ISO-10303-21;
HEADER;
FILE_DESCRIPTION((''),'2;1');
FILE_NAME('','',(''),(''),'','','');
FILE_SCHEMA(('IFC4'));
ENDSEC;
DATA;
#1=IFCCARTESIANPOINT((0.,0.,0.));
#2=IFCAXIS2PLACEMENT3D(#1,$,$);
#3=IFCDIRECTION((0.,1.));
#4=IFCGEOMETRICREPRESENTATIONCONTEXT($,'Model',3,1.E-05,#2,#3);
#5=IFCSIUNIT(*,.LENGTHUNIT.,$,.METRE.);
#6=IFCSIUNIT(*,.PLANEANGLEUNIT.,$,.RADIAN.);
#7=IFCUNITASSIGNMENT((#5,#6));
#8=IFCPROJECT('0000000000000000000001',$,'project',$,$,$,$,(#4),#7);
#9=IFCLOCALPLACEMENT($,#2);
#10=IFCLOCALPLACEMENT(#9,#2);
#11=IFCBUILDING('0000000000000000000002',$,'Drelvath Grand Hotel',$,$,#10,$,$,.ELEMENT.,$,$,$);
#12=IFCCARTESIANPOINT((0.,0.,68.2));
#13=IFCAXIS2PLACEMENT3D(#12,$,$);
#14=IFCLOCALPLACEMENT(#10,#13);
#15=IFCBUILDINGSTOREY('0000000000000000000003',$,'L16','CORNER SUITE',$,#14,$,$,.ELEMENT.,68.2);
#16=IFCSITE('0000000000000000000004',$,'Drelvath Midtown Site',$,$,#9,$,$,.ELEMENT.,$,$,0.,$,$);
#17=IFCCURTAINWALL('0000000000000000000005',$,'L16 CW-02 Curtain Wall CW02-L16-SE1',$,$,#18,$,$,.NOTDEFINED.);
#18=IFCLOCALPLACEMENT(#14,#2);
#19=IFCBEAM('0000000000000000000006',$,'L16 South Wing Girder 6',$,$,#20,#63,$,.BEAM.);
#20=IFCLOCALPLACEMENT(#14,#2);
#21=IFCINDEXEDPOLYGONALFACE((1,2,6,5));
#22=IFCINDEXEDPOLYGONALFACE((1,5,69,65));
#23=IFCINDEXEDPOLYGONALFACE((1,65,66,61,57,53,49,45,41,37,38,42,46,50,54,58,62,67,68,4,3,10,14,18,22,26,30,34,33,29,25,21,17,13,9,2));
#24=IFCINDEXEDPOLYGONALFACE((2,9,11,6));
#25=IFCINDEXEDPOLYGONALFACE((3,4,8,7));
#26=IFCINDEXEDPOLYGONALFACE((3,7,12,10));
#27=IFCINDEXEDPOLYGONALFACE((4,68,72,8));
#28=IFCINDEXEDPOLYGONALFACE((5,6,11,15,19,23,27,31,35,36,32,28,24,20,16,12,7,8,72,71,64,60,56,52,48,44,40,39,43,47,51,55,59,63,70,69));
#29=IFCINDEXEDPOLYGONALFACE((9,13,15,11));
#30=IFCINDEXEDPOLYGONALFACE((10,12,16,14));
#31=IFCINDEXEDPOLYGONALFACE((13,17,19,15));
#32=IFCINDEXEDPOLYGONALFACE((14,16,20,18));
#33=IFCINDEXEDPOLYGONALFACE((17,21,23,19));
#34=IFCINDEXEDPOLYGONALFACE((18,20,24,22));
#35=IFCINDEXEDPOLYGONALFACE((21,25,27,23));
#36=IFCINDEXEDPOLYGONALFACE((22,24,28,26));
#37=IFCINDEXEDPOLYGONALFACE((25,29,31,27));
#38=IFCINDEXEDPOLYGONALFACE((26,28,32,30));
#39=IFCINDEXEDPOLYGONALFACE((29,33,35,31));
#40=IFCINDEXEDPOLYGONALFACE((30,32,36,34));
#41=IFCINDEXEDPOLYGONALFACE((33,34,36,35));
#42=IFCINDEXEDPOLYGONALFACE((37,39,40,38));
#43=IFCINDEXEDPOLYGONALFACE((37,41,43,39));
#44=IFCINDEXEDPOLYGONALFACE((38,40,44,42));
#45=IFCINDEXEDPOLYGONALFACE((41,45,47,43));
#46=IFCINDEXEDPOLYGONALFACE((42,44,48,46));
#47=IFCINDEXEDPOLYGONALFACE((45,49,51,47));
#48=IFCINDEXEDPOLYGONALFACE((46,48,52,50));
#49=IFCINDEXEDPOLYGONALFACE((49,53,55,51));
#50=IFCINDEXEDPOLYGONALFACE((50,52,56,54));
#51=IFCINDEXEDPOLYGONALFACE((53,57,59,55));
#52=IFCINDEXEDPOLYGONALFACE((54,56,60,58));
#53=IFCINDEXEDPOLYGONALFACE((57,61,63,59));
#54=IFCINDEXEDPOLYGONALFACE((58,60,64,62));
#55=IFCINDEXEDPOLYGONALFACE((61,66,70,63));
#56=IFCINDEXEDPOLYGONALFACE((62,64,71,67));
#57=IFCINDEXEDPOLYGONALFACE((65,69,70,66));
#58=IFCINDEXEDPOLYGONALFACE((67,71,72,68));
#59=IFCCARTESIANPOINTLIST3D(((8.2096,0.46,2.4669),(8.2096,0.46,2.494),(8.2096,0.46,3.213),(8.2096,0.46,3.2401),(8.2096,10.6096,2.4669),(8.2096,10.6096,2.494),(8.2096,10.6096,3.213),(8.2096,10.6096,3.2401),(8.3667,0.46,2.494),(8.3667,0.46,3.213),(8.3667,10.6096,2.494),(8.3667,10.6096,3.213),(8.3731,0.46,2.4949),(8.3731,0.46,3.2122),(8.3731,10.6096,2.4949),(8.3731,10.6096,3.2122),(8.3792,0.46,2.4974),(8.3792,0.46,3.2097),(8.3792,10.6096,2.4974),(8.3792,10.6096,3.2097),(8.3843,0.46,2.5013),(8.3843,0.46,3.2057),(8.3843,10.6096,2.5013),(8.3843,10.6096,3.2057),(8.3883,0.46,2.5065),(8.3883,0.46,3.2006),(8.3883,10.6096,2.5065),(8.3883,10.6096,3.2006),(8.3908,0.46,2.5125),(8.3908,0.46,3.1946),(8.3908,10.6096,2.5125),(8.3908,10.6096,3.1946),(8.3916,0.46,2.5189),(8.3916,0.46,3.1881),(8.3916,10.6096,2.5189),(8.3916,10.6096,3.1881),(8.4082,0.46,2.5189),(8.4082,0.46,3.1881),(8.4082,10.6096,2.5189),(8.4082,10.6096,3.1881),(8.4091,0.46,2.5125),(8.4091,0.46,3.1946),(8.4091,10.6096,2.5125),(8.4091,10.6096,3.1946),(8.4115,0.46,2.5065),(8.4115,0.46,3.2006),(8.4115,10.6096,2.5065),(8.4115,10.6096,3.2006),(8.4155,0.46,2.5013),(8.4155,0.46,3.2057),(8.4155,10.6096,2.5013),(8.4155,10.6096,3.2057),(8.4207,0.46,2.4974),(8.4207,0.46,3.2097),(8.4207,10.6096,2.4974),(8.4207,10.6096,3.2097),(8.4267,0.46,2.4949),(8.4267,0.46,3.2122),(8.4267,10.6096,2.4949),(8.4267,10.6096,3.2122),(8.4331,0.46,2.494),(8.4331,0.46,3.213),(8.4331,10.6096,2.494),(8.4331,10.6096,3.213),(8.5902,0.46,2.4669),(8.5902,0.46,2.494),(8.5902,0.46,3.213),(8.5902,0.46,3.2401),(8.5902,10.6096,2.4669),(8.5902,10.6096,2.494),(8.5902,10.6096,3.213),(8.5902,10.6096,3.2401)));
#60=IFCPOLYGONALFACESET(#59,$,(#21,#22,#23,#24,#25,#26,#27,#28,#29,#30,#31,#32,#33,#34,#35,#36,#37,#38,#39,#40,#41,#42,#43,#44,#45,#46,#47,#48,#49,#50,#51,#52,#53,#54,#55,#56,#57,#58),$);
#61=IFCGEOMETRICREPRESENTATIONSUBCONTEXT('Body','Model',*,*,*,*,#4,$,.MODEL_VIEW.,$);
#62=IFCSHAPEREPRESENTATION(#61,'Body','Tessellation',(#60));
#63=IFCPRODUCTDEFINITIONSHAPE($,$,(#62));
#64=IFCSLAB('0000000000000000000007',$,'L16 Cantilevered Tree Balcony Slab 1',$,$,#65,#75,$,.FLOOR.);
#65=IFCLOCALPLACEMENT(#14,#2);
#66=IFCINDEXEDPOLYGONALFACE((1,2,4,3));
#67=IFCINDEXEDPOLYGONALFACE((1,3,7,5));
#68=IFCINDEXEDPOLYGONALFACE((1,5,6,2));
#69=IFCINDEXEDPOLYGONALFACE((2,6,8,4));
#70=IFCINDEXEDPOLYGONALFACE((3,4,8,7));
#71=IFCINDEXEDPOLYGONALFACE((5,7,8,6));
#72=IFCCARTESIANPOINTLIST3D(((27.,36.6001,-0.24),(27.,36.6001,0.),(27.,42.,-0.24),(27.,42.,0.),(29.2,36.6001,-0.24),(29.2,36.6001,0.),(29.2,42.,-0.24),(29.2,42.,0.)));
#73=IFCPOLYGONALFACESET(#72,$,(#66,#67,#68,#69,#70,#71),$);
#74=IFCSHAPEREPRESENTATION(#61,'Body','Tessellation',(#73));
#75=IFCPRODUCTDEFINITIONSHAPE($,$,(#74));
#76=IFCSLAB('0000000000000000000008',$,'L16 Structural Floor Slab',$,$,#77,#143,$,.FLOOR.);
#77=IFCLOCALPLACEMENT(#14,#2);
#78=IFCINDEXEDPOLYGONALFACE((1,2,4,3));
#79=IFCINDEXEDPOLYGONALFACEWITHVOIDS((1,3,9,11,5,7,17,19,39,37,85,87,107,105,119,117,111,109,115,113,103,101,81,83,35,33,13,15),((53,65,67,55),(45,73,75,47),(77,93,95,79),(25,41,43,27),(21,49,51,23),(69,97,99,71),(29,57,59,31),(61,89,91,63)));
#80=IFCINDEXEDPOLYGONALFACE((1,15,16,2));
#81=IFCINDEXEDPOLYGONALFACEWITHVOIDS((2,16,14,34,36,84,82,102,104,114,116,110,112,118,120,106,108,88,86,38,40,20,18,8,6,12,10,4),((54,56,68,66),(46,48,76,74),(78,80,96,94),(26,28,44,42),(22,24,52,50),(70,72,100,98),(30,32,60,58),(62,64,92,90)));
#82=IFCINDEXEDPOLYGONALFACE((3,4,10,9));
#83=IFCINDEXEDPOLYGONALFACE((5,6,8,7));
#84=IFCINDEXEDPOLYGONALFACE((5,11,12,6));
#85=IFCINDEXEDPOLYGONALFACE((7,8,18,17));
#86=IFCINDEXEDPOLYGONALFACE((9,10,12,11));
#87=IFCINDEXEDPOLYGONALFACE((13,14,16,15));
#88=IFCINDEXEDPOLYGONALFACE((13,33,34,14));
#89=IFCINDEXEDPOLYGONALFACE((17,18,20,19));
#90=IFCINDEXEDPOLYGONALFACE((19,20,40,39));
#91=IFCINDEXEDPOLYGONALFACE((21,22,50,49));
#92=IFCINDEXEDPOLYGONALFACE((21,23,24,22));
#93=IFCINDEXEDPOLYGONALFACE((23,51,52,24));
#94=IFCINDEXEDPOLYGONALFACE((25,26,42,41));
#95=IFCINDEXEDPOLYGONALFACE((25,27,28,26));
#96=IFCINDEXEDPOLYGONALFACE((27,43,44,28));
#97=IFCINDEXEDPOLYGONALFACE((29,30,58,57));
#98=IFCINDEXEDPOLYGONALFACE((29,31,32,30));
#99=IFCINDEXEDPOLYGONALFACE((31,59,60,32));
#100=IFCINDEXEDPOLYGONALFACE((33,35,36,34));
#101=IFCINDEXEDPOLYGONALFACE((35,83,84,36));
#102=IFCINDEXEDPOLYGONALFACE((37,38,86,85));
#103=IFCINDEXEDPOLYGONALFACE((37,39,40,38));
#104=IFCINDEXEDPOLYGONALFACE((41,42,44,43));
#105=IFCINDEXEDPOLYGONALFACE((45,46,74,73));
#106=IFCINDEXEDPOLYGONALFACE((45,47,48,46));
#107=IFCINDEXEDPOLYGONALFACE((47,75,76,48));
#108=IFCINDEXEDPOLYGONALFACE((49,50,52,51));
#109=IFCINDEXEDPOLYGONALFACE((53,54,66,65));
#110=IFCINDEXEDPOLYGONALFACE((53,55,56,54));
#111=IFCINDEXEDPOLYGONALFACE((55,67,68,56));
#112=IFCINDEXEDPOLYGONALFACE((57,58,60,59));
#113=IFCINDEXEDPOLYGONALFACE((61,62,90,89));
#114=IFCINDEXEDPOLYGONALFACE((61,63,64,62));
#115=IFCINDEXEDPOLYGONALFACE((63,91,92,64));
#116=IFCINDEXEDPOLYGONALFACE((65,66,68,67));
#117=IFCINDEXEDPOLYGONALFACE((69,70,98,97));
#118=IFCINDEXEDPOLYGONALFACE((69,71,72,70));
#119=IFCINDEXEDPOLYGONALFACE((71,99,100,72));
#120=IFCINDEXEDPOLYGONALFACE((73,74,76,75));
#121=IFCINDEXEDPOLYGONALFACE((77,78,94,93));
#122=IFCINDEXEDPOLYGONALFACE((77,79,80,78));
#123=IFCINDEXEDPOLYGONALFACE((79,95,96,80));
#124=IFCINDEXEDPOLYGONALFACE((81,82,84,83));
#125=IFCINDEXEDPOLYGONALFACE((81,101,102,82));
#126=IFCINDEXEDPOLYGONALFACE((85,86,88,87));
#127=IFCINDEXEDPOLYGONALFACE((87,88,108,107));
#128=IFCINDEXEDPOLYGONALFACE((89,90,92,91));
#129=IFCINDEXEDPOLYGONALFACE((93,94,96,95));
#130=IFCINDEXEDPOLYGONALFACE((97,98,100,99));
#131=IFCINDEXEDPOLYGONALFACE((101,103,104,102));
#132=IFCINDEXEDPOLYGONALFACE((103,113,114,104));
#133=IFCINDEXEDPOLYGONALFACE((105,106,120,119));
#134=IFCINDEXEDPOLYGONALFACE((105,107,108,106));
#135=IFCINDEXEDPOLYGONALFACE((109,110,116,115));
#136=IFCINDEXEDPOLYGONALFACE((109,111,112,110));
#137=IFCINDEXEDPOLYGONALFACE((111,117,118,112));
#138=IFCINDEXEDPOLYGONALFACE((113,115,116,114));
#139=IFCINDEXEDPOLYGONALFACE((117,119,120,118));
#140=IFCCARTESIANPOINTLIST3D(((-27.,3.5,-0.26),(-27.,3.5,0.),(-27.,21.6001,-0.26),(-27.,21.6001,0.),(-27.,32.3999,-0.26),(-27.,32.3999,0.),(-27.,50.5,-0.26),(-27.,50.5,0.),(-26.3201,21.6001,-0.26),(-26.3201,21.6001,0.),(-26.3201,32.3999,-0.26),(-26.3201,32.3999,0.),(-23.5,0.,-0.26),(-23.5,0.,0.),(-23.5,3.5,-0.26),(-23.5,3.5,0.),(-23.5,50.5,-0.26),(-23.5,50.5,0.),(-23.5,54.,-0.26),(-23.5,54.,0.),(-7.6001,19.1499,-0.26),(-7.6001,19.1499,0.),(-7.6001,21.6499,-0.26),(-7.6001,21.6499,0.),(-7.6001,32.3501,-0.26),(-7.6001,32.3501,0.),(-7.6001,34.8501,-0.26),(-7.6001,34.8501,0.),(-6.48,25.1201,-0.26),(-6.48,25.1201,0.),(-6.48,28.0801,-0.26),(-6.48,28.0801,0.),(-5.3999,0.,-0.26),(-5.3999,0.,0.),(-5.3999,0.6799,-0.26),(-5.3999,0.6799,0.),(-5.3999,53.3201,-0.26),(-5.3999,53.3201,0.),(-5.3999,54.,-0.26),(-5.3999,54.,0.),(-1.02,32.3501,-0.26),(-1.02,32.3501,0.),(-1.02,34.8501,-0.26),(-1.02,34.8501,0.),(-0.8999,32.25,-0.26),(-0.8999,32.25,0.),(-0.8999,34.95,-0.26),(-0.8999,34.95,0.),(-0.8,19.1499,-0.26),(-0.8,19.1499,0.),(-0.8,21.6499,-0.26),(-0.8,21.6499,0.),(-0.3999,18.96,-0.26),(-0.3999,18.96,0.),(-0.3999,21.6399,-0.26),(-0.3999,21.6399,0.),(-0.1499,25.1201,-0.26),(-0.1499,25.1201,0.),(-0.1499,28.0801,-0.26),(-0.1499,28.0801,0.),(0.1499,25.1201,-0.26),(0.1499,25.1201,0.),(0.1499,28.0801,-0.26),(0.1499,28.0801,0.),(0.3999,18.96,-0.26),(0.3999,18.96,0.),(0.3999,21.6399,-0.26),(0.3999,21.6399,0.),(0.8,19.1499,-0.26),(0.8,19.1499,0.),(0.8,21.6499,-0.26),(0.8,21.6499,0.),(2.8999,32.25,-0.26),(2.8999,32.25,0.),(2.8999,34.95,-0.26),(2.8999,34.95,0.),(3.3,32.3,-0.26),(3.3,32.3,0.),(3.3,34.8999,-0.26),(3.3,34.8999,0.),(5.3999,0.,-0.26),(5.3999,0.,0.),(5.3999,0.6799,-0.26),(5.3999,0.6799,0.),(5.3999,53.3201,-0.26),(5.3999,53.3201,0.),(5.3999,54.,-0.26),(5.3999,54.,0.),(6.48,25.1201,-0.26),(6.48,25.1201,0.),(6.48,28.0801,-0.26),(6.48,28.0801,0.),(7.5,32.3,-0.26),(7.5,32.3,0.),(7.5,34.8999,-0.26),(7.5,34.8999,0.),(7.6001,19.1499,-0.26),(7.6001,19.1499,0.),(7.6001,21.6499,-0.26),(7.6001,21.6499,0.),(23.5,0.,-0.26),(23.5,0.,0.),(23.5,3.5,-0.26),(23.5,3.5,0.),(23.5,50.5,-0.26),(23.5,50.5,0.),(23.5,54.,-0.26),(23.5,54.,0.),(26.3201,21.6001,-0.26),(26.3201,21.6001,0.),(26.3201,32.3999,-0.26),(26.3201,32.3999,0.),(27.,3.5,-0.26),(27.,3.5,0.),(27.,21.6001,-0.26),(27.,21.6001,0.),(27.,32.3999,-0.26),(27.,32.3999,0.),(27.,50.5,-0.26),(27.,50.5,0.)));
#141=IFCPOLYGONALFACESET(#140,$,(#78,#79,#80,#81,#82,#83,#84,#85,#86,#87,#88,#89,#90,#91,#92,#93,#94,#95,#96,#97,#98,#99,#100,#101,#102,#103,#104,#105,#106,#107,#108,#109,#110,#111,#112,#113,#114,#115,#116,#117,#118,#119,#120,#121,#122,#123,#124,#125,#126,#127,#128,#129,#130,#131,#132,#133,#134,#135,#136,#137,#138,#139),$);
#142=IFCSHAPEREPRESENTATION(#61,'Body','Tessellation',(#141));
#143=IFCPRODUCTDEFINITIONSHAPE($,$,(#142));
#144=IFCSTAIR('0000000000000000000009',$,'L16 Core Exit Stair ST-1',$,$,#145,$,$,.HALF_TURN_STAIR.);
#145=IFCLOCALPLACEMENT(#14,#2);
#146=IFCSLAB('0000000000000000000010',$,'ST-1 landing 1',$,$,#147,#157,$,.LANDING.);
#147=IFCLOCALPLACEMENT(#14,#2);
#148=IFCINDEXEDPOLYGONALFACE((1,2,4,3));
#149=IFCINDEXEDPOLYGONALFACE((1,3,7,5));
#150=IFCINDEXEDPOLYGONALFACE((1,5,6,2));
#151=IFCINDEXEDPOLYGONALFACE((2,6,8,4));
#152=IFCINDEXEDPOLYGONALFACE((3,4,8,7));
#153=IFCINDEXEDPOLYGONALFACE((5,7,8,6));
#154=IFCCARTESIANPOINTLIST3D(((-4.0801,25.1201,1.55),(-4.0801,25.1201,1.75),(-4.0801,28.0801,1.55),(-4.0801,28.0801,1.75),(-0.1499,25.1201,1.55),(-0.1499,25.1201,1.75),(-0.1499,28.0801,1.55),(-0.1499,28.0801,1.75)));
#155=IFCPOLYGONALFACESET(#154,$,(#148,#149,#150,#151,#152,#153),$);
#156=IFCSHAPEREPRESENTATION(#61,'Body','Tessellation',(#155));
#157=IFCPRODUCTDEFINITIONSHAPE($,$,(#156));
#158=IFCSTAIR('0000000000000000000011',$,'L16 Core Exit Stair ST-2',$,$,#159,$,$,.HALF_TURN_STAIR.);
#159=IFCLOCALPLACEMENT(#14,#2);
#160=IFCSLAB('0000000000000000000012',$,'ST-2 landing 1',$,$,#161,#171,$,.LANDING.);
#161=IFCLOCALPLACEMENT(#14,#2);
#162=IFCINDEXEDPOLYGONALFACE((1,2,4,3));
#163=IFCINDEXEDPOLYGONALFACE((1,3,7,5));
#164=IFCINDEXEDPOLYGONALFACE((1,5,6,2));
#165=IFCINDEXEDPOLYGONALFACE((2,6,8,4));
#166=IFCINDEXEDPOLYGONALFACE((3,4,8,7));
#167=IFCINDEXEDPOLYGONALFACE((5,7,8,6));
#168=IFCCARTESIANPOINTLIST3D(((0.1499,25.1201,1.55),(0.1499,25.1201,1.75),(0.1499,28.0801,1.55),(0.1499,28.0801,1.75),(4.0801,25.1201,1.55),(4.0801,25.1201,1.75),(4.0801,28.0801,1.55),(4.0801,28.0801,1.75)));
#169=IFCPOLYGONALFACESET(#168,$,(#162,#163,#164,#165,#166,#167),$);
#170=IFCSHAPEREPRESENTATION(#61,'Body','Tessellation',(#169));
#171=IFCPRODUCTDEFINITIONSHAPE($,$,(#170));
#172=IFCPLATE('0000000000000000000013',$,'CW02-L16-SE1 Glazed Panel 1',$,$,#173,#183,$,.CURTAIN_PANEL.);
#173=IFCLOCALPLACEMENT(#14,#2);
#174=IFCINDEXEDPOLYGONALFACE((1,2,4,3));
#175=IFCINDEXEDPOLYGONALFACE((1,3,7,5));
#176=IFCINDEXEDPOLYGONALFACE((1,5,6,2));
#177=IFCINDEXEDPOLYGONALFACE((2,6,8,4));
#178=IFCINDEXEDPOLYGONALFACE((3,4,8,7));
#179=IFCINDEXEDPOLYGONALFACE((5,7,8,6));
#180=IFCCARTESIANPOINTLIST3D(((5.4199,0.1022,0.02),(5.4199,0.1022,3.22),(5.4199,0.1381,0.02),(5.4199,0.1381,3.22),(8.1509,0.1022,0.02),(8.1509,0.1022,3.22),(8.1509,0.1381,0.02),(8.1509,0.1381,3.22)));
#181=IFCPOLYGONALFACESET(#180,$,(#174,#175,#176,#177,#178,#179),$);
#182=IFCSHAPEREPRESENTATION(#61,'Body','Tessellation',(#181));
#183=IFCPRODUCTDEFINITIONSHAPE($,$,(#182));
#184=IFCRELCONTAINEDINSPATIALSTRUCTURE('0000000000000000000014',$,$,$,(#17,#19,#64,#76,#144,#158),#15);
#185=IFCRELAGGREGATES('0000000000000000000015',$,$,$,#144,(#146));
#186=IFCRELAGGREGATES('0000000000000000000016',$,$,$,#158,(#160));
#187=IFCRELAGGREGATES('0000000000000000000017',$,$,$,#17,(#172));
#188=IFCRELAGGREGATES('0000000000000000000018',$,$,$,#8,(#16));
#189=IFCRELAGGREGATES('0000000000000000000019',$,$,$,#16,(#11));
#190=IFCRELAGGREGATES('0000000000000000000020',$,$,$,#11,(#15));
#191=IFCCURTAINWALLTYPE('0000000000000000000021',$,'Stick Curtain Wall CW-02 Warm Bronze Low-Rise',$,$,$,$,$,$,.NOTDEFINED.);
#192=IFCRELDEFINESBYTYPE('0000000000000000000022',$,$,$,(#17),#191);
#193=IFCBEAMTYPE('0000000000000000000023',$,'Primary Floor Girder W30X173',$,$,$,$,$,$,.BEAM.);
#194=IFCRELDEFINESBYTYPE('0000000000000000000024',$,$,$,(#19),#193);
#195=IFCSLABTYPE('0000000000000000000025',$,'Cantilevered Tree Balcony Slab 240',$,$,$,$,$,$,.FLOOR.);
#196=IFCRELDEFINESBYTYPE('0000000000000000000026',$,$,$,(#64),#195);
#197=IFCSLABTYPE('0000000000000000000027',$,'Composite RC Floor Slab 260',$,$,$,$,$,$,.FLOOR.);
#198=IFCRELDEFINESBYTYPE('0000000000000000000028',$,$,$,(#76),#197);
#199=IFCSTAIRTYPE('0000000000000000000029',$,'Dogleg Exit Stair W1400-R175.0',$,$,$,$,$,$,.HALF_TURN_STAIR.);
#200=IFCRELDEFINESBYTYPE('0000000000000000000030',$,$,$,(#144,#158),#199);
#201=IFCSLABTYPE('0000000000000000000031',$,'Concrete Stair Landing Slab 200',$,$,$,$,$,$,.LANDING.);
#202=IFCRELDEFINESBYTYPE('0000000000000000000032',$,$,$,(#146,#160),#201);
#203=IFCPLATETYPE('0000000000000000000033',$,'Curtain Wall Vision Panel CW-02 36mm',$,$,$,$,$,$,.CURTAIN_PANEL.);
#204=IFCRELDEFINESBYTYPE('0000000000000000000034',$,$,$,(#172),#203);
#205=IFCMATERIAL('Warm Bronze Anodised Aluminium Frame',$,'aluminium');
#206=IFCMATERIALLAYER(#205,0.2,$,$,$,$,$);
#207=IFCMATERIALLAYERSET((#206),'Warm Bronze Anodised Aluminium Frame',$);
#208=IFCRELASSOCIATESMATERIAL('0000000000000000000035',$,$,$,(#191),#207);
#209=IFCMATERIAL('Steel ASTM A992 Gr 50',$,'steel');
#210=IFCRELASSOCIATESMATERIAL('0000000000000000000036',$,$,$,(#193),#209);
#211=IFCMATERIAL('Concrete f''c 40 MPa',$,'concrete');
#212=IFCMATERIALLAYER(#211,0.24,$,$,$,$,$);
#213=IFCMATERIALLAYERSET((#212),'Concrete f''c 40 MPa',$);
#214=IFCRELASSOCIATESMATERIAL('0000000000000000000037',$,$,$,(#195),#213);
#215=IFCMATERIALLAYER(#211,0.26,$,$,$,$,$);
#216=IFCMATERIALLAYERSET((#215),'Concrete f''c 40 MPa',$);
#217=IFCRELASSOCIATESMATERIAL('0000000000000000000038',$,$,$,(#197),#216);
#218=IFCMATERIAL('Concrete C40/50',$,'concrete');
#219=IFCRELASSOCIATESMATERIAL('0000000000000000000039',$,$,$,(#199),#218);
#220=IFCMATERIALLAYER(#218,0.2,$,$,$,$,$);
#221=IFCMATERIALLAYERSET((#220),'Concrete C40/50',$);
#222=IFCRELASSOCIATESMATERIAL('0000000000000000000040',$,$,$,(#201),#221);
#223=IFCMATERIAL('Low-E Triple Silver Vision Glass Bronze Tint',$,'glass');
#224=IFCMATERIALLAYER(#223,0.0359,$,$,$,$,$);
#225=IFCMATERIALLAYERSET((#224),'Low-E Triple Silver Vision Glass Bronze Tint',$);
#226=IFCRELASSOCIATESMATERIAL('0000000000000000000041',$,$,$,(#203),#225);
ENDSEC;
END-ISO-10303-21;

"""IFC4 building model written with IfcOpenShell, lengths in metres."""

from ifc_helpers import new_model, si_unit, direction, frame, origin, origin_2d, place, context, subcontext, project, spatial, polyline, rectangle, i_section, outline, extrude, material, layer, layer_set, material_profile, profile_set, type_object, element, aggregate, save


model = new_model("IFC4")

# Units and contexts
model_context = context("Model", 3, precision=1e-05, world=origin(), true_north=direction((0.0, 1.0)))
body_context = subcontext(model_context, "Body", "Model", "MODEL_VIEW")
ifc_project = project(units=[si_unit("LENGTHUNIT", "METRE"), si_unit("PLANEANGLEUNIT", "RADIAN")], contexts=[model_context])

# Site, building, storey
site_placement = place(None, origin())
site = spatial("IfcSite", under=ifc_project, at=site_placement, Name="Drelvath Midtown Site", CompositionType="ELEMENT", RefElevation=0.0)
building_placement = place(site_placement, origin())
building = spatial("IfcBuilding", under=site, at=building_placement, Name="Drelvath Grand Hotel", CompositionType="ELEMENT")
storey_placement = place(building_placement, frame((0.0, 0.0, 68.2)))
storey = spatial("IfcBuildingStorey", under=building, at=storey_placement, Name="L16", Description="CORNER SUITE", CompositionType="ELEMENT", Elevation=68.2)

# Curtain wall
ifc_material_1 = material(Name="Warm Bronze Anodised Aluminium Frame", Category="aluminium")
ifc_layer_1 = layer(ifc_material_1, 0.2)
ifc_layer_set_1 = layer_set([ifc_layer_1], Name="Warm Bronze Anodised Aluminium Frame")
curtain_wall_type = type_object("IfcCurtainWallType", Name="Stick Curtain Wall CW-02 Warm Bronze Low-Rise", PredefinedType="NOTDEFINED", material=ifc_layer_set_1)
curtain_wall_1_placement = place(storey_placement, origin())
curtain_wall_1 = element("IfcCurtainWall", 1, at=curtain_wall_1_placement, inside=storey, type_object=curtain_wall_type, Name="L16 CW-02 Curtain Wall CW02-L16-SE1", PredefinedType="NOTDEFINED")

# Beam
ifc_material_2 = material(Name="Steel ASTM A992 Gr 50", Category="steel")
ifc_material_profile_1 = material_profile(ifc_material_2, i_section(OverallWidth=0.3806, OverallDepth=0.7732, WebThickness=0.0166, FlangeThickness=0.0271, FilletRadius=0.0249, at=origin_2d()), Name="W30X173")
ifc_profile_set_1 = profile_set([ifc_material_profile_1], Name="Steel ASTM A992 Gr 50")
beam_type_1 = type_object("IfcBeamType", Name="Primary Floor Girder W30X173", PredefinedType="BEAM", material=ifc_profile_set_1)
beam_1_placement = place(storey_placement, frame((8.3999, 0.46, 2.8535), z_axis=(0.0, 1.0, 0.0), x_axis=(-1.0, 0.0, 0.0)))
element("IfcBeam", 2, at=beam_1_placement, inside=storey, type_object=beam_type_1, Name="L16 South Wing Girder 6", PredefinedType="BEAM", context=body_context, shape_type="SweptSolid", body=[
    extrude(i_section(OverallWidth=0.3806, OverallDepth=0.7732, WebThickness=0.0166, FlangeThickness=0.0271, FilletRadius=0.0249, at=origin_2d()), origin(), (0.0, 0.0, 1.0), 10.1497),
])

# Slabs
ifc_material_3 = material(Name="Concrete f'c 40 MPa", Category="concrete")
ifc_layer_2 = layer(ifc_material_3, 0.24)
ifc_layer_set_2 = layer_set([ifc_layer_2], Name="Concrete f'c 40 MPa")
slab_type_1 = type_object("IfcSlabType", Name="Cantilevered Tree Balcony Slab 240", PredefinedType="FLOOR", material=ifc_layer_set_2)
slab_1_placement = place(storey_placement, frame((0.0, 0.0, -0.24)))
element("IfcSlab", 3, at=slab_1_placement, inside=storey, type_object=slab_type_1, Name="L16 Cantilevered Tree Balcony Slab 1", PredefinedType="FLOOR", context=body_context, shape_type="SweptSolid", body=[
    extrude(outline(polyline([(27.0, 36.6001), (29.2, 36.6001), (29.2, 42.0), (27.0, 42.0), (27.0, 36.6001)])), origin(), (0.0, 0.0, 1.0), 0.24),
])
ifc_layer_3 = layer(ifc_material_3, 0.26)
ifc_layer_set_3 = layer_set([ifc_layer_3], Name="Concrete f'c 40 MPa")
slab_type_2 = type_object("IfcSlabType", Name="Composite RC Floor Slab 260", PredefinedType="FLOOR", material=ifc_layer_set_3)
slab_2_placement = place(storey_placement, frame((0.0, 0.0, -0.26)))
element("IfcSlab", 4, at=slab_2_placement, inside=storey, type_object=slab_type_2, Name="L16 Structural Floor Slab", PredefinedType="FLOOR", context=body_context, shape_type="SweptSolid", body=[
    extrude(outline(polyline([(-23.5, 0.0), (-5.3999, 0.0), (-5.3999, 0.6799), (5.3999, 0.6799), (5.3999, 0.0), (23.5, 0.0), (23.5, 3.5), (27.0, 3.5), (27.0, 21.6001), (26.3201, 21.6001), (26.3201, 32.3999), (27.0, 32.3999), (27.0, 50.5), (23.5, 50.5), (23.5, 54.0), (5.3999, 54.0), (5.3999, 53.3201), (-5.3999, 53.3201), (-5.3999, 54.0), (-23.5, 54.0), (-23.5, 50.5), (-27.0, 50.5), (-27.0, 32.3999), (-26.3201, 32.3999), (-26.3201, 21.6001), (-27.0, 21.6001), (-27.0, 3.5), (-23.5, 3.5), (-23.5, 0.0)]), holes=[polyline([(-6.48, 25.1201), (-6.48, 28.0801), (-0.1499, 28.0801), (-0.1499, 25.1201), (-6.48, 25.1201)]), polyline([(0.1499, 25.1201), (0.1499, 28.0801), (6.48, 28.0801), (6.48, 25.1201), (0.1499, 25.1201)]), polyline([(-7.6001, 19.1499), (-7.6001, 21.6499), (-0.8, 21.6499), (-0.8, 19.1499), (-7.6001, 19.1499)]), polyline([(-0.3999, 18.96), (-0.3999, 21.6399), (0.3999, 21.6399), (0.3999, 18.96), (-0.3999, 18.96)]), polyline([(0.8, 19.1499), (0.8, 21.6499), (7.6001, 21.6499), (7.6001, 19.1499), (0.8, 19.1499)]), polyline([(-7.6001, 32.3501), (-7.6001, 34.8501), (-1.02, 34.8501), (-1.02, 32.3501), (-7.6001, 32.3501)]), polyline([(-0.8999, 32.25), (-0.8999, 34.95), (2.8999, 34.95), (2.8999, 32.25), (-0.8999, 32.25)]), polyline([(3.3, 32.3), (3.3, 34.8999), (7.5, 34.8999), (7.5, 32.3), (3.3, 32.3)])]), origin(), (0.0, 0.0, 1.0), 0.26),
])

# Stairs, slabs
ifc_material_4 = material(Name="Concrete C40/50", Category="concrete")
stair_type = type_object("IfcStairType", Name="Dogleg Exit Stair W1400-R175.0", PredefinedType="HALF_TURN_STAIR", material=ifc_material_4)
stair_1_placement = place(storey_placement, origin())
stair_1 = element("IfcStair", 5, at=stair_1_placement, inside=storey, type_object=stair_type, Name="L16 Core Exit Stair ST-1", PredefinedType="HALF_TURN_STAIR")
ifc_layer_4 = layer(ifc_material_4, 0.2)
ifc_layer_set_4 = layer_set([ifc_layer_4], Name="Concrete C40/50")
slab_type_3 = type_object("IfcSlabType", Name="Concrete Stair Landing Slab 200", PredefinedType="LANDING", material=ifc_layer_set_4)
slab_3_placement = place(storey_placement, frame((0.0, 0.0, 1.55)))
slab_3 = element("IfcSlab", 6, at=slab_3_placement, type_object=slab_type_3, Name="ST-1 landing 1", PredefinedType="LANDING", context=body_context, shape_type="SweptSolid", body=[
    extrude(outline(polyline([(-4.0801, 25.1201), (-0.1499, 25.1201), (-0.1499, 28.0801), (-4.0801, 28.0801), (-4.0801, 25.1201)])), origin(), (0.0, 0.0, 1.0), 0.2),
])
aggregate(stair_1, [slab_3])
stair_2_placement = place(storey_placement, origin())
stair_2 = element("IfcStair", 7, at=stair_2_placement, inside=storey, type_object=stair_type, Name="L16 Core Exit Stair ST-2", PredefinedType="HALF_TURN_STAIR")
slab_4_placement = place(storey_placement, frame((0.0, 0.0, 1.55)))
slab_4 = element("IfcSlab", 8, at=slab_4_placement, type_object=slab_type_3, Name="ST-2 landing 1", PredefinedType="LANDING", context=body_context, shape_type="SweptSolid", body=[
    extrude(outline(polyline([(4.0801, 28.0801), (0.1499, 28.0801), (0.1499, 25.1201), (4.0801, 25.1201), (4.0801, 28.0801)])), origin(), (0.0, 0.0, 1.0), 0.2),
])
aggregate(stair_2, [slab_4])

# Plate
ifc_material_5 = material(Name="Low-E Triple Silver Vision Glass Bronze Tint", Category="glass")
ifc_layer_5 = layer(ifc_material_5, 0.0359)
ifc_layer_set_5 = layer_set([ifc_layer_5], Name="Low-E Triple Silver Vision Glass Bronze Tint")
plate_type = type_object("IfcPlateType", Name="Curtain Wall Vision Panel CW-02 36mm", PredefinedType="CURTAIN_PANEL", material=ifc_layer_set_5)
plate_1_placement = place(storey_placement, frame((6.7854, 0.1201, 0.02), z_axis=(0.0, 0.0, 1.0), x_axis=(-1.0, 0.0, 0.0)))
plate_1 = element("IfcPlate", 9, at=plate_1_placement, type_object=plate_type, Name="CW02-L16-SE1 Glazed Panel 1", PredefinedType="CURTAIN_PANEL", context=body_context, shape_type="SweptSolid", body=[
    extrude(rectangle(XDim=2.731, YDim=0.0359, at=origin_2d()), origin(), (0.0, 0.0, 1.0), 3.2),
])
aggregate(curtain_wall_1, [plate_1])

save(model, "model.ifc")
